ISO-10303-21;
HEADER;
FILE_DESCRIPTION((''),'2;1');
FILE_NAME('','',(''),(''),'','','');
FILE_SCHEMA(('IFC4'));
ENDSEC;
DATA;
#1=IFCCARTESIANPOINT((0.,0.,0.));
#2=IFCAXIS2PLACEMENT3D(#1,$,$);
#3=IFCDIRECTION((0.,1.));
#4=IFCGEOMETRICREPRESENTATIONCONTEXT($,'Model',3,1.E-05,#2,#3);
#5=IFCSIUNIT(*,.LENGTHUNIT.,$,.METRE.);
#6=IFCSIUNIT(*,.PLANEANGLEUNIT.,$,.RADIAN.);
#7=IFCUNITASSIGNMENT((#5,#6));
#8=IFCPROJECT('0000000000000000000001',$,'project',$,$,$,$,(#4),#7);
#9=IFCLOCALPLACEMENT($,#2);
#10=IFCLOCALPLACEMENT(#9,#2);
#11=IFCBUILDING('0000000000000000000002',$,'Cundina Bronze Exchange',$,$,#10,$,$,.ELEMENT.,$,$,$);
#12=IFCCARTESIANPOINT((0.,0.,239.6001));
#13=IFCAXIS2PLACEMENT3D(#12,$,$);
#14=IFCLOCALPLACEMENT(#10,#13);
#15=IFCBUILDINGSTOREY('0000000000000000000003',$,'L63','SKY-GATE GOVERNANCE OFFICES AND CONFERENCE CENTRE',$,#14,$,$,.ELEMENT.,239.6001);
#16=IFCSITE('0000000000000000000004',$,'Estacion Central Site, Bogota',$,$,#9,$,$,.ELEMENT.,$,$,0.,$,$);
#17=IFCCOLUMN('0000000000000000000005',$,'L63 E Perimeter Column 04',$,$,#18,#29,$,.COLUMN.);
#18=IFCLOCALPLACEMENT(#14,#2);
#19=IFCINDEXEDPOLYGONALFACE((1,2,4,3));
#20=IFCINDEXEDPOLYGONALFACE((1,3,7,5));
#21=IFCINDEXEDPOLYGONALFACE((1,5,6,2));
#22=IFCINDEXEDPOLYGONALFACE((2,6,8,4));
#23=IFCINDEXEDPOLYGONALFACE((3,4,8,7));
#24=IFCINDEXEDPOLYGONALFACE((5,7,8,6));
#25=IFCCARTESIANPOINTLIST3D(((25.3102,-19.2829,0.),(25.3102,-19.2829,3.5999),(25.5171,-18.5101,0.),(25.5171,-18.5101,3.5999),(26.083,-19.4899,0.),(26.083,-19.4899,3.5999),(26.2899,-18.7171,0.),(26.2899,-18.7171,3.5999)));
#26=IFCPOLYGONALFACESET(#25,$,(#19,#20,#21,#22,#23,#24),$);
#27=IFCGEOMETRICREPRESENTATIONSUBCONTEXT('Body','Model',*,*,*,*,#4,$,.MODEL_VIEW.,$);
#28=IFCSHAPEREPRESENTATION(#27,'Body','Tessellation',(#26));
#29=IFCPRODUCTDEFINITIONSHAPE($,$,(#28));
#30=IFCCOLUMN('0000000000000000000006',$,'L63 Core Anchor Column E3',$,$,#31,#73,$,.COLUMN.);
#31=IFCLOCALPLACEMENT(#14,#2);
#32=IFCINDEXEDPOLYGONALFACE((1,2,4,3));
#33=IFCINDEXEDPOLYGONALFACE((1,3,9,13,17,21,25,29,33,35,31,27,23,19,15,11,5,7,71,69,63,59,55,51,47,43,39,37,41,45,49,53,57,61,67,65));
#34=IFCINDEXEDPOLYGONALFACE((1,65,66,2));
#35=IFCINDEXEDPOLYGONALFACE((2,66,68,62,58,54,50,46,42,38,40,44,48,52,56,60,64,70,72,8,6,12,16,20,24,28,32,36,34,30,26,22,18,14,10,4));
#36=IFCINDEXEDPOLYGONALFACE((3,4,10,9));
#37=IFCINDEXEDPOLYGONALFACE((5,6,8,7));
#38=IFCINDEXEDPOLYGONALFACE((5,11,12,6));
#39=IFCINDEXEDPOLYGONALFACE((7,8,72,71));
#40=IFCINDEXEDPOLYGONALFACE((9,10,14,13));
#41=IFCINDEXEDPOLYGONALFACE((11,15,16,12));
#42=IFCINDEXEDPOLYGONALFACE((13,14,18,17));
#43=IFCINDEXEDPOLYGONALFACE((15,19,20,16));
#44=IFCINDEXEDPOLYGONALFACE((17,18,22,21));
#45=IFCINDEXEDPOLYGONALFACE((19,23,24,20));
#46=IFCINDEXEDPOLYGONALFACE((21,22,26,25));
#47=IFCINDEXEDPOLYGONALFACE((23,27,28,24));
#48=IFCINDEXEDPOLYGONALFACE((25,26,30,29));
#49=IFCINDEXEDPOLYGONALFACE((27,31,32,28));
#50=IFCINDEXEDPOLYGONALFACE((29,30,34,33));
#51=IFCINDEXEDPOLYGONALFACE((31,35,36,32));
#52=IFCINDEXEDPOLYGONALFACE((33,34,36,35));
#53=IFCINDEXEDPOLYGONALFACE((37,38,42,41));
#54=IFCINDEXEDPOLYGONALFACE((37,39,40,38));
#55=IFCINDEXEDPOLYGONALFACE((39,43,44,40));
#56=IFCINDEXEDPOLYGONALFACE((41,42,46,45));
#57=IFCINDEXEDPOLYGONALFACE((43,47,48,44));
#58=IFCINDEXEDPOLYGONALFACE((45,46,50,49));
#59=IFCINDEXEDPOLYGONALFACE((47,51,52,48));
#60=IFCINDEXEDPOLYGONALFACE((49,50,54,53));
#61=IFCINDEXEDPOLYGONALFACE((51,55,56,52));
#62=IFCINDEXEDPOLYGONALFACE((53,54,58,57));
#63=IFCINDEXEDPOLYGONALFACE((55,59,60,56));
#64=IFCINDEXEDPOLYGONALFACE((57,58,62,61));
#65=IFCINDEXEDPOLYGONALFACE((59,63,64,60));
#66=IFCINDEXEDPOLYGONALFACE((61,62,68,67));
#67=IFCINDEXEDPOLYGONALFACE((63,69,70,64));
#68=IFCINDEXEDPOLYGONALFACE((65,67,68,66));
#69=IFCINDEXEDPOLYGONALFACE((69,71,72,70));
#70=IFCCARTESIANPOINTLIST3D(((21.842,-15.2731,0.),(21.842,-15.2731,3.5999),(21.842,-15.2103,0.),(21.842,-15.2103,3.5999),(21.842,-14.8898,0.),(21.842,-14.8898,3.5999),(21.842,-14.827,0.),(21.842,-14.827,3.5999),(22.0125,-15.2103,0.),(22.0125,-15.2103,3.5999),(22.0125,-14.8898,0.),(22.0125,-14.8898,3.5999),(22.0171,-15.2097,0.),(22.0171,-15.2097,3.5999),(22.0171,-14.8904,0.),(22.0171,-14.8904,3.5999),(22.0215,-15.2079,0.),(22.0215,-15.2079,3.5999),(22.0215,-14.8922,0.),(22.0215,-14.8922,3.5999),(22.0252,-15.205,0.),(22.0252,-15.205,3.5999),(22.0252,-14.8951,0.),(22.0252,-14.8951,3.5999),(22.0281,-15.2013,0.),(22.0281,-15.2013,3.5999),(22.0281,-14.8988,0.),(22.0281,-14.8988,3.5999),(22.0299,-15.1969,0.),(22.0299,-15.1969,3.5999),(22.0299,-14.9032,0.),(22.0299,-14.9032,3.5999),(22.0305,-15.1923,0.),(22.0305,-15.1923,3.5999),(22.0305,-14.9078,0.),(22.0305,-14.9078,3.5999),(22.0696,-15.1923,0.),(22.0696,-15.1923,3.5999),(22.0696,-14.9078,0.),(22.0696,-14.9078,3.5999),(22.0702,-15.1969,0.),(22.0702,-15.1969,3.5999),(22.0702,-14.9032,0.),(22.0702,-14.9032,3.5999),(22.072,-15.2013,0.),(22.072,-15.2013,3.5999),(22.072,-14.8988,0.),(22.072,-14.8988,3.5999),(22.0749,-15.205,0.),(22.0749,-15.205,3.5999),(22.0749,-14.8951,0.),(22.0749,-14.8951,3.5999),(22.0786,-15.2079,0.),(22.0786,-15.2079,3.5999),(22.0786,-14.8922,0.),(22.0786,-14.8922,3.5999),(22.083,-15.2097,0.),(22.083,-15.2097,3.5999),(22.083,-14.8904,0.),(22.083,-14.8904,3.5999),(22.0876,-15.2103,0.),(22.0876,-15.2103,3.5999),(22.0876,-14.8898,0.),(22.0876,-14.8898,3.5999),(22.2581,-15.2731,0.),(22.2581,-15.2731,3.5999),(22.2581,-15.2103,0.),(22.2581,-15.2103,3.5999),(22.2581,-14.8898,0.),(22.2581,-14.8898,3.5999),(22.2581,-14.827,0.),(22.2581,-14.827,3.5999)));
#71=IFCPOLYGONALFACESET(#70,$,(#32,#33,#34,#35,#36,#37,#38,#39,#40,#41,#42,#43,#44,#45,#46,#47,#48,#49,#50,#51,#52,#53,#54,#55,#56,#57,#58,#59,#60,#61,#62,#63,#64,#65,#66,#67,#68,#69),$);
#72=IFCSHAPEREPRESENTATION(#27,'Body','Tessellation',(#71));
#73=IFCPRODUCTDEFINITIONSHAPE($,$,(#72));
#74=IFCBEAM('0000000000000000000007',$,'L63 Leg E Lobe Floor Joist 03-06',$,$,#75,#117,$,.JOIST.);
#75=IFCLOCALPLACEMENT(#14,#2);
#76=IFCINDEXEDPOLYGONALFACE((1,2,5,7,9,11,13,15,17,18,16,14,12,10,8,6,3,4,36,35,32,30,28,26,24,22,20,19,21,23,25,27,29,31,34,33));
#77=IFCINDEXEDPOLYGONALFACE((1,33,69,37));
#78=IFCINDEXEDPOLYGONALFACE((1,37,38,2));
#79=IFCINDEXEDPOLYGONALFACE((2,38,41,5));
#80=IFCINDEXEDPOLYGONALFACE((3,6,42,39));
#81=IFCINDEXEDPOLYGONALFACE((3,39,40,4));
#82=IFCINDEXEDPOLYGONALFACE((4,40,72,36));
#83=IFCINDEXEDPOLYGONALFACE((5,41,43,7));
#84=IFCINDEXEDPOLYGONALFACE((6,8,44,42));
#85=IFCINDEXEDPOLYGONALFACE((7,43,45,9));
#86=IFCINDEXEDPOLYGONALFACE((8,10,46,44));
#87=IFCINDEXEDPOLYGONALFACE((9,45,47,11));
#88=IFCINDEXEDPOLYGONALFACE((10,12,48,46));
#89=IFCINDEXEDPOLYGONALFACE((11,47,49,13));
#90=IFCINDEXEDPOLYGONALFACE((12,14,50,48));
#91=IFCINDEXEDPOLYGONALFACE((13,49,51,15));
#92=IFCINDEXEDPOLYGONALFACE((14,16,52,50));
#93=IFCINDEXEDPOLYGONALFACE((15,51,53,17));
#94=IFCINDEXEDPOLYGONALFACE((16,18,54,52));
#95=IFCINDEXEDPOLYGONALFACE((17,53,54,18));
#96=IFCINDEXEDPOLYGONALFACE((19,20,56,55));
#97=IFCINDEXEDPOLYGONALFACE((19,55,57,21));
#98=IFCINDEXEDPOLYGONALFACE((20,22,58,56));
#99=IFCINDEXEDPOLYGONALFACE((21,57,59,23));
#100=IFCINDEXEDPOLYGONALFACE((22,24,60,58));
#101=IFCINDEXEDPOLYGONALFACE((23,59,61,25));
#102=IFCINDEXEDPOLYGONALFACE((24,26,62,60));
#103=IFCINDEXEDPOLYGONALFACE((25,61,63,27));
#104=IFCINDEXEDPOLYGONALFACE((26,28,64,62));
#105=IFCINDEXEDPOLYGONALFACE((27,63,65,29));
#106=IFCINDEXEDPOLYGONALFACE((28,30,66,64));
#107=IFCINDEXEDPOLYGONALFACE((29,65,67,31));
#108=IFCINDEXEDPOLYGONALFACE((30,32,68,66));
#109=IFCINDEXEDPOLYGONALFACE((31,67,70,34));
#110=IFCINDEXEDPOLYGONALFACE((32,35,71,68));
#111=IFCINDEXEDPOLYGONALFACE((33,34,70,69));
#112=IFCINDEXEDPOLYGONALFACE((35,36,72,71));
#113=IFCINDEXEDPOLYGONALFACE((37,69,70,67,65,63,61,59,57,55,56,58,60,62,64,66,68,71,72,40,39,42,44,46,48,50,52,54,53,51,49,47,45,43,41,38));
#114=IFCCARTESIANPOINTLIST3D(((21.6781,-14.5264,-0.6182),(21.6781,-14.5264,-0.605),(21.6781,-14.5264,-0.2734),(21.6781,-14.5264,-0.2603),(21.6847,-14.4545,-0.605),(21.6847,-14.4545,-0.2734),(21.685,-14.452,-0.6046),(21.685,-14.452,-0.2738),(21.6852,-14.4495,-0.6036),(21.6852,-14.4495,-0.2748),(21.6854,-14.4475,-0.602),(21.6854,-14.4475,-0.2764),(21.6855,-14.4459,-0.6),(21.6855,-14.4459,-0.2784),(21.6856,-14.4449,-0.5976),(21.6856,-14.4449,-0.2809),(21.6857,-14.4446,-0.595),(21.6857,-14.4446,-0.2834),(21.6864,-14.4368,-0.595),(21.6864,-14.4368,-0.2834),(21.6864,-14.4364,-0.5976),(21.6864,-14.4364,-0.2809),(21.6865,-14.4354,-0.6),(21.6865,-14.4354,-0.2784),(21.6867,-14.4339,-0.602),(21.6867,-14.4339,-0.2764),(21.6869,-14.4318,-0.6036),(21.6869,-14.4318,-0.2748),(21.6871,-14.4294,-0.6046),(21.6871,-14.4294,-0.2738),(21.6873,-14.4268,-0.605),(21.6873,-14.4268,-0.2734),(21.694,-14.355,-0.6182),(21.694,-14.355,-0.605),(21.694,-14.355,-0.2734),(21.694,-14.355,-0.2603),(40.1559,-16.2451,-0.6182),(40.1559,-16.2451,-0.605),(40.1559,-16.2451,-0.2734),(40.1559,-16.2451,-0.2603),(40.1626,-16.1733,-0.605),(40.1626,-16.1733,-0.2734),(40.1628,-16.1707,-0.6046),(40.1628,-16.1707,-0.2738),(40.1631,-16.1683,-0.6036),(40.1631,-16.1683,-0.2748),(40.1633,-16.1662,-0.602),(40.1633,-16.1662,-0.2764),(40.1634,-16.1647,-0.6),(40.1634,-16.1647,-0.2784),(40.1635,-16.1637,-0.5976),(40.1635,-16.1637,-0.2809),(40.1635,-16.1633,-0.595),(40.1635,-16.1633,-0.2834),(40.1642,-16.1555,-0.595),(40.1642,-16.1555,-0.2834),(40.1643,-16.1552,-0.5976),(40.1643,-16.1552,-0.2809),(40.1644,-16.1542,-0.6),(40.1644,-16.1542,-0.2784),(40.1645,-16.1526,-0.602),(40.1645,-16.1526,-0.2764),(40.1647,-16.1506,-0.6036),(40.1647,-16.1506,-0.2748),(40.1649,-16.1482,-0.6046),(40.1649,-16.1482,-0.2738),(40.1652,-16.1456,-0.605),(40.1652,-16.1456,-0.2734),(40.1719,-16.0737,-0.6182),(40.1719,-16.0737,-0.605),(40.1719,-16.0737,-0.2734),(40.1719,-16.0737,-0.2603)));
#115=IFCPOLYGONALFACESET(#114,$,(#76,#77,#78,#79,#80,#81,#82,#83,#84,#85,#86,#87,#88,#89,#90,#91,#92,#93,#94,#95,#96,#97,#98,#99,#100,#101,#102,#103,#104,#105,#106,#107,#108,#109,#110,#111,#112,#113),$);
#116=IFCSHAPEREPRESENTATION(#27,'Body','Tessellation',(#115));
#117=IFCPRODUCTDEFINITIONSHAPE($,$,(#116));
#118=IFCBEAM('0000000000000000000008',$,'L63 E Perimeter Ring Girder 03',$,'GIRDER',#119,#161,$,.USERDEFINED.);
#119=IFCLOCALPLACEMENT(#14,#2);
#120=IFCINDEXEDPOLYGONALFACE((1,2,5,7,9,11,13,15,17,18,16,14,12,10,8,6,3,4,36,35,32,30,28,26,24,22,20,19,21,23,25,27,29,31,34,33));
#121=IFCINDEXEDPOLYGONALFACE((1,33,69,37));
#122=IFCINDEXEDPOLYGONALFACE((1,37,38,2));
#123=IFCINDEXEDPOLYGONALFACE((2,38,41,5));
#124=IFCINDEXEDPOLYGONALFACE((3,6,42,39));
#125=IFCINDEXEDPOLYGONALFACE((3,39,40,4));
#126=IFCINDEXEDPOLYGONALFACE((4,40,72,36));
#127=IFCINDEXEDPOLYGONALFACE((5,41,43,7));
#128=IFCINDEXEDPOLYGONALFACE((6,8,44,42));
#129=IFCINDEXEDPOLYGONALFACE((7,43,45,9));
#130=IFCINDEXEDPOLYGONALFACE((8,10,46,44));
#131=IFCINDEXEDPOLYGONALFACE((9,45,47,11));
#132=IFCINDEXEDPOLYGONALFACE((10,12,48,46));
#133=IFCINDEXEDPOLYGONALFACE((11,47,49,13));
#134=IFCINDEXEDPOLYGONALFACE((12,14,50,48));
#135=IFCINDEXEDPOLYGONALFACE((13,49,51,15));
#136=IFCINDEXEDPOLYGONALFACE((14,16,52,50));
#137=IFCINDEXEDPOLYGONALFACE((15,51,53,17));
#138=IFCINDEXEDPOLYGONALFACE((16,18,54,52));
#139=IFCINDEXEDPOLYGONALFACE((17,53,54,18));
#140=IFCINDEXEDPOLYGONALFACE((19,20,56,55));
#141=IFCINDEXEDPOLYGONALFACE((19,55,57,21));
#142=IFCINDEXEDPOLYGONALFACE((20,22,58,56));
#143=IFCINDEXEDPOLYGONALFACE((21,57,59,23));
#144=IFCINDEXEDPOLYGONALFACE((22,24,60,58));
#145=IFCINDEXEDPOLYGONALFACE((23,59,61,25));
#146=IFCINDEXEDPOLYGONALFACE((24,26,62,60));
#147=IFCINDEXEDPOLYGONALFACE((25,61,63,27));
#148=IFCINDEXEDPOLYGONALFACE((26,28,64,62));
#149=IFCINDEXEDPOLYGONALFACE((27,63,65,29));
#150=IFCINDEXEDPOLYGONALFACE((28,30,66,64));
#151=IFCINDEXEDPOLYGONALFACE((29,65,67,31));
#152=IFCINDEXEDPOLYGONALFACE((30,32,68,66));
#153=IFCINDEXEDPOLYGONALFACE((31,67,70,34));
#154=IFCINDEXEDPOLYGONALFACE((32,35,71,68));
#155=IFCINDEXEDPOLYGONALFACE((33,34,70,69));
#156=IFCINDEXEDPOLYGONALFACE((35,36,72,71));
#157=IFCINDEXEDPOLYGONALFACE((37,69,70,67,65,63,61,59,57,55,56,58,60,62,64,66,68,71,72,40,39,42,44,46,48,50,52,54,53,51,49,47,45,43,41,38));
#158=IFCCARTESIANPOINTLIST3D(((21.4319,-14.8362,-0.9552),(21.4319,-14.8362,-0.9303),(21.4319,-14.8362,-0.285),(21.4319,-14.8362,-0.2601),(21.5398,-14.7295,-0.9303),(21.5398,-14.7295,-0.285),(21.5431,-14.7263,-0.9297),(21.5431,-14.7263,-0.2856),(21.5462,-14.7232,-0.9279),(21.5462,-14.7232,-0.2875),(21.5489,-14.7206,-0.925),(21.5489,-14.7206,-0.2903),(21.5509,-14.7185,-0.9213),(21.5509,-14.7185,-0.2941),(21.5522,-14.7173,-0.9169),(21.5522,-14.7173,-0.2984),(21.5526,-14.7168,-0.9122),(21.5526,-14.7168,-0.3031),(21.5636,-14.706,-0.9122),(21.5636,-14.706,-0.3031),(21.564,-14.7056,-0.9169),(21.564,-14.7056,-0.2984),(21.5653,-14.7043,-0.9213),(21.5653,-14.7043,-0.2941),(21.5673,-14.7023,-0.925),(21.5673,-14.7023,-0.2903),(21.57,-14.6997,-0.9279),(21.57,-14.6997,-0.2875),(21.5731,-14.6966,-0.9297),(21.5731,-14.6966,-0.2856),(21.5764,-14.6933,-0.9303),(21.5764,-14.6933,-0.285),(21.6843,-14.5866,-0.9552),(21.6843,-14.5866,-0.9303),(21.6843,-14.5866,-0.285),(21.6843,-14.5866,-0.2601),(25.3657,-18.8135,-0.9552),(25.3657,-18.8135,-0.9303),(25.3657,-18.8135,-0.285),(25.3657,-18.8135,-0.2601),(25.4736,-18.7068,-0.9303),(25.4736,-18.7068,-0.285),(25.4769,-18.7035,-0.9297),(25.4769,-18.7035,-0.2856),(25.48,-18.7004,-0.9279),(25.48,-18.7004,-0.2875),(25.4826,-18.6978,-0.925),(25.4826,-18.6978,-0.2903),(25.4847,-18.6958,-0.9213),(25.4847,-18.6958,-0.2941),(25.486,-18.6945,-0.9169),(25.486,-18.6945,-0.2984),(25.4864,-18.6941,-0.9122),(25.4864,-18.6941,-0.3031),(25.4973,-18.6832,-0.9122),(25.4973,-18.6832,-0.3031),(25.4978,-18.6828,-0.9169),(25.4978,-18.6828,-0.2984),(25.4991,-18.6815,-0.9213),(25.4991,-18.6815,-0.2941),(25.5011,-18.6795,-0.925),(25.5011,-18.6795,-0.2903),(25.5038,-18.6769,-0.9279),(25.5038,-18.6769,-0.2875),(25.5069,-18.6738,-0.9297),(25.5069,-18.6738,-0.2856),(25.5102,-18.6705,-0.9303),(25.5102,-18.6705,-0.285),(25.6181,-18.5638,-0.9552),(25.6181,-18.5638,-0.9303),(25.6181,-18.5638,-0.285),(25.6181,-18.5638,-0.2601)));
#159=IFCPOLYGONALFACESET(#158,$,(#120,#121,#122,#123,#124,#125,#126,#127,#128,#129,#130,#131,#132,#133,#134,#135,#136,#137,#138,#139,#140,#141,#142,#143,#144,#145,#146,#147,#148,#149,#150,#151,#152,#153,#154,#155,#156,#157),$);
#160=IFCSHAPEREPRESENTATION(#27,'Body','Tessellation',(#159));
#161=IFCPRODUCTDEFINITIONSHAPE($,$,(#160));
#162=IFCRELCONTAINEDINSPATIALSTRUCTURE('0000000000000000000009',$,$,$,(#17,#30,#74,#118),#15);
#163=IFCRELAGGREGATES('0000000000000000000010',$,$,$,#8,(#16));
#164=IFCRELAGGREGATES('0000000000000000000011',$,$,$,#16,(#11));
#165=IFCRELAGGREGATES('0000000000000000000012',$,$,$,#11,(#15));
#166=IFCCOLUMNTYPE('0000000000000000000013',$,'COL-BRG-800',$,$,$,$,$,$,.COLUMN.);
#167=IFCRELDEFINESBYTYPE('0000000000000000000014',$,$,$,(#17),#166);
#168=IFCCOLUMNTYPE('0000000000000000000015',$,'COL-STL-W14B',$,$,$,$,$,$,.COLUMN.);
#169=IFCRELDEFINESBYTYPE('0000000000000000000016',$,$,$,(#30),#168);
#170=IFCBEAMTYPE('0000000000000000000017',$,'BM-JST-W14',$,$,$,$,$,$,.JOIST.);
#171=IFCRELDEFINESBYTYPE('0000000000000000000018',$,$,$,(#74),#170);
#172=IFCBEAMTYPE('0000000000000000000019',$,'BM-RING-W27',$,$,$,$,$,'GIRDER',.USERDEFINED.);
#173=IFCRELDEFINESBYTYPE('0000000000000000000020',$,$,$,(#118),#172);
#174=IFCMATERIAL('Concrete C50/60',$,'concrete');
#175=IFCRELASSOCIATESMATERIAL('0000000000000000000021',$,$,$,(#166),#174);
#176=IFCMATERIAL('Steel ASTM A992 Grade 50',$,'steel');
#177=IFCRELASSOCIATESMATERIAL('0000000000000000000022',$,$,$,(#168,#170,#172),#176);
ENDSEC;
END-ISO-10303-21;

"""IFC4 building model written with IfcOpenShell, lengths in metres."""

from ifc_helpers import new_model, si_unit, direction, frame, origin, origin_2d, place, context, subcontext, project, spatial, rectangle, i_section, extrude, material, material_profile, profile_set, type_object, element, save


model = new_model("IFC4")

# Units and contexts
model_context = context("Model", 3, precision=1e-05, world=origin(), true_north=direction((0.0, 1.0)))
body_context = subcontext(model_context, "Body", "Model", "MODEL_VIEW")
ifc_project = project(units=[si_unit("LENGTHUNIT", "METRE"), si_unit("PLANEANGLEUNIT", "RADIAN")], contexts=[model_context])

# Site, building, storey
site_placement = place(None, origin())
site = spatial("IfcSite", under=ifc_project, at=site_placement, Name="Estacion Central Site, Bogota", CompositionType="ELEMENT", RefElevation=0.0)
building_placement = place(site_placement, origin())
building = spatial("IfcBuilding", under=site, at=building_placement, Name="Cundina Bronze Exchange", CompositionType="ELEMENT")
storey_placement = place(building_placement, frame((0.0, 0.0, 239.6001)))
storey = spatial("IfcBuildingStorey", under=building, at=storey_placement, Name="L63", Description="SKY-GATE GOVERNANCE OFFICES AND CONFERENCE CENTRE", CompositionType="ELEMENT", Elevation=239.6001)

# Columns
ifc_material_1 = material(Name="Concrete C50/60", Category="concrete")
ifc_material_profile_1 = material_profile(ifc_material_1, rectangle(XDim=0.8, YDim=0.8, at=origin_2d()), Name="RC800X800", Category="concrete")
ifc_profile_set_1 = profile_set([ifc_material_profile_1], Name="Concrete C50/60")
column_type_1 = type_object("IfcColumnType", Name="COL-BRG-800", PredefinedType="COLUMN", material=ifc_profile_set_1)
column_1_placement = place(storey_placement, frame((25.8, -19.0, 0.0), z_axis=(0.0, 0.0, 1.0), x_axis=(0.965971, -0.25865, 0.0)))
element("IfcColumn", 1, at=column_1_placement, inside=storey, type_object=column_type_1, Name="L63 E Perimeter Column 04", PredefinedType="COLUMN", context=body_context, shape_type="SweptSolid", body=[
    extrude(rectangle(XDim=0.8, YDim=0.8, at=origin_2d()), origin(), (0.0, 0.0, 1.0), 3.5999),
])
ifc_material_2 = material(Name="Steel ASTM A992 Grade 50", Category="steel")
ifc_material_profile_2 = material_profile(ifc_material_2, i_section(OverallWidth=0.416, OverallDepth=0.446, WebThickness=0.0391, FlangeThickness=0.0627, FilletRadius=0.0181, at=origin_2d()), Name="W14X342", Category="steel")
ifc_profile_set_2 = profile_set([ifc_material_profile_2], Name="Steel ASTM A992 Grade 50")
column_type_2 = type_object("IfcColumnType", Name="COL-STL-W14B", PredefinedType="COLUMN", material=ifc_profile_set_2)
column_2_placement = place(storey_placement, frame((22.05, -15.05, 0.0), z_axis=(0.0, 0.0, 1.0), x_axis=(1.0, 0.0, 0.0)))
element("IfcColumn", 2, at=column_2_placement, inside=storey, type_object=column_type_2, Name="L63 Core Anchor Column E3", PredefinedType="COLUMN", context=body_context, shape_type="SweptSolid", body=[
    extrude(i_section(OverallWidth=0.416, OverallDepth=0.446, WebThickness=0.0391, FlangeThickness=0.0627, FilletRadius=0.0181, at=origin_2d()), origin(), (0.0, 0.0, 1.0), 3.5999),
])

# Beams
ifc_material_profile_3 = material_profile(ifc_material_2, i_section(OverallWidth=0.1721, OverallDepth=0.3579, WebThickness=0.0078, FlangeThickness=0.0132, FilletRadius=0.01, at=origin_2d()), Name="W14X38", Category="steel")
ifc_profile_set_3 = profile_set([ifc_material_profile_3], Name="Steel ASTM A992 Grade 50")
beam_type_1 = type_object("IfcBeamType", Name="BM-JST-W14", PredefinedType="JOIST", material=ifc_profile_set_3)
beam_1_placement = place(storey_placement, frame((21.686, -14.4407, -0.4392), z_axis=(0.995702, -0.092617, 0.0), x_axis=(0.092617, 0.995702, 0.0)))
element("IfcBeam", 3, at=beam_1_placement, inside=storey, type_object=beam_type_1, Name="L63 Leg E Lobe Floor Joist 03-06", PredefinedType="JOIST", context=body_context, shape_type="SweptSolid", body=[
    extrude(i_section(OverallWidth=0.1721, OverallDepth=0.3579, WebThickness=0.0078, FlangeThickness=0.0132, FilletRadius=0.01, at=origin_2d()), origin(), (0.0, 0.0, 1.0), 18.5576),
])
ifc_material_profile_4 = material_profile(ifc_material_2, i_section(OverallWidth=0.355, OverallDepth=0.6951, WebThickness=0.0154, FlangeThickness=0.0249, FilletRadius=0.0181, at=origin_2d()), Name="W27X146", Category="steel")
ifc_profile_set_4 = profile_set([ifc_material_profile_4], Name="Steel ASTM A992 Grade 50")
beam_type_2 = type_object("IfcBeamType", Name="BM-RING-W27", ElementType="GIRDER", PredefinedType="USERDEFINED", material=ifc_profile_set_4)
beam_2_placement = place(storey_placement, frame((21.5581, -14.7114, -0.6077), z_axis=(0.703212, -0.71098, 0.0), x_axis=(0.71098, 0.703212, 0.0)))
element("IfcBeam", 4, at=beam_2_placement, inside=storey, type_object=beam_type_2, Name="L63 E Perimeter Ring Girder 03", ObjectType="GIRDER", PredefinedType="USERDEFINED", context=body_context, shape_type="SweptSolid", body=[
    extrude(i_section(OverallWidth=0.355, OverallDepth=0.6951, WebThickness=0.0154, FlangeThickness=0.0249, FilletRadius=0.0181, at=origin_2d()), origin(), (0.0, 0.0, 1.0), 5.594),
])

save(model, "model.ifc")
